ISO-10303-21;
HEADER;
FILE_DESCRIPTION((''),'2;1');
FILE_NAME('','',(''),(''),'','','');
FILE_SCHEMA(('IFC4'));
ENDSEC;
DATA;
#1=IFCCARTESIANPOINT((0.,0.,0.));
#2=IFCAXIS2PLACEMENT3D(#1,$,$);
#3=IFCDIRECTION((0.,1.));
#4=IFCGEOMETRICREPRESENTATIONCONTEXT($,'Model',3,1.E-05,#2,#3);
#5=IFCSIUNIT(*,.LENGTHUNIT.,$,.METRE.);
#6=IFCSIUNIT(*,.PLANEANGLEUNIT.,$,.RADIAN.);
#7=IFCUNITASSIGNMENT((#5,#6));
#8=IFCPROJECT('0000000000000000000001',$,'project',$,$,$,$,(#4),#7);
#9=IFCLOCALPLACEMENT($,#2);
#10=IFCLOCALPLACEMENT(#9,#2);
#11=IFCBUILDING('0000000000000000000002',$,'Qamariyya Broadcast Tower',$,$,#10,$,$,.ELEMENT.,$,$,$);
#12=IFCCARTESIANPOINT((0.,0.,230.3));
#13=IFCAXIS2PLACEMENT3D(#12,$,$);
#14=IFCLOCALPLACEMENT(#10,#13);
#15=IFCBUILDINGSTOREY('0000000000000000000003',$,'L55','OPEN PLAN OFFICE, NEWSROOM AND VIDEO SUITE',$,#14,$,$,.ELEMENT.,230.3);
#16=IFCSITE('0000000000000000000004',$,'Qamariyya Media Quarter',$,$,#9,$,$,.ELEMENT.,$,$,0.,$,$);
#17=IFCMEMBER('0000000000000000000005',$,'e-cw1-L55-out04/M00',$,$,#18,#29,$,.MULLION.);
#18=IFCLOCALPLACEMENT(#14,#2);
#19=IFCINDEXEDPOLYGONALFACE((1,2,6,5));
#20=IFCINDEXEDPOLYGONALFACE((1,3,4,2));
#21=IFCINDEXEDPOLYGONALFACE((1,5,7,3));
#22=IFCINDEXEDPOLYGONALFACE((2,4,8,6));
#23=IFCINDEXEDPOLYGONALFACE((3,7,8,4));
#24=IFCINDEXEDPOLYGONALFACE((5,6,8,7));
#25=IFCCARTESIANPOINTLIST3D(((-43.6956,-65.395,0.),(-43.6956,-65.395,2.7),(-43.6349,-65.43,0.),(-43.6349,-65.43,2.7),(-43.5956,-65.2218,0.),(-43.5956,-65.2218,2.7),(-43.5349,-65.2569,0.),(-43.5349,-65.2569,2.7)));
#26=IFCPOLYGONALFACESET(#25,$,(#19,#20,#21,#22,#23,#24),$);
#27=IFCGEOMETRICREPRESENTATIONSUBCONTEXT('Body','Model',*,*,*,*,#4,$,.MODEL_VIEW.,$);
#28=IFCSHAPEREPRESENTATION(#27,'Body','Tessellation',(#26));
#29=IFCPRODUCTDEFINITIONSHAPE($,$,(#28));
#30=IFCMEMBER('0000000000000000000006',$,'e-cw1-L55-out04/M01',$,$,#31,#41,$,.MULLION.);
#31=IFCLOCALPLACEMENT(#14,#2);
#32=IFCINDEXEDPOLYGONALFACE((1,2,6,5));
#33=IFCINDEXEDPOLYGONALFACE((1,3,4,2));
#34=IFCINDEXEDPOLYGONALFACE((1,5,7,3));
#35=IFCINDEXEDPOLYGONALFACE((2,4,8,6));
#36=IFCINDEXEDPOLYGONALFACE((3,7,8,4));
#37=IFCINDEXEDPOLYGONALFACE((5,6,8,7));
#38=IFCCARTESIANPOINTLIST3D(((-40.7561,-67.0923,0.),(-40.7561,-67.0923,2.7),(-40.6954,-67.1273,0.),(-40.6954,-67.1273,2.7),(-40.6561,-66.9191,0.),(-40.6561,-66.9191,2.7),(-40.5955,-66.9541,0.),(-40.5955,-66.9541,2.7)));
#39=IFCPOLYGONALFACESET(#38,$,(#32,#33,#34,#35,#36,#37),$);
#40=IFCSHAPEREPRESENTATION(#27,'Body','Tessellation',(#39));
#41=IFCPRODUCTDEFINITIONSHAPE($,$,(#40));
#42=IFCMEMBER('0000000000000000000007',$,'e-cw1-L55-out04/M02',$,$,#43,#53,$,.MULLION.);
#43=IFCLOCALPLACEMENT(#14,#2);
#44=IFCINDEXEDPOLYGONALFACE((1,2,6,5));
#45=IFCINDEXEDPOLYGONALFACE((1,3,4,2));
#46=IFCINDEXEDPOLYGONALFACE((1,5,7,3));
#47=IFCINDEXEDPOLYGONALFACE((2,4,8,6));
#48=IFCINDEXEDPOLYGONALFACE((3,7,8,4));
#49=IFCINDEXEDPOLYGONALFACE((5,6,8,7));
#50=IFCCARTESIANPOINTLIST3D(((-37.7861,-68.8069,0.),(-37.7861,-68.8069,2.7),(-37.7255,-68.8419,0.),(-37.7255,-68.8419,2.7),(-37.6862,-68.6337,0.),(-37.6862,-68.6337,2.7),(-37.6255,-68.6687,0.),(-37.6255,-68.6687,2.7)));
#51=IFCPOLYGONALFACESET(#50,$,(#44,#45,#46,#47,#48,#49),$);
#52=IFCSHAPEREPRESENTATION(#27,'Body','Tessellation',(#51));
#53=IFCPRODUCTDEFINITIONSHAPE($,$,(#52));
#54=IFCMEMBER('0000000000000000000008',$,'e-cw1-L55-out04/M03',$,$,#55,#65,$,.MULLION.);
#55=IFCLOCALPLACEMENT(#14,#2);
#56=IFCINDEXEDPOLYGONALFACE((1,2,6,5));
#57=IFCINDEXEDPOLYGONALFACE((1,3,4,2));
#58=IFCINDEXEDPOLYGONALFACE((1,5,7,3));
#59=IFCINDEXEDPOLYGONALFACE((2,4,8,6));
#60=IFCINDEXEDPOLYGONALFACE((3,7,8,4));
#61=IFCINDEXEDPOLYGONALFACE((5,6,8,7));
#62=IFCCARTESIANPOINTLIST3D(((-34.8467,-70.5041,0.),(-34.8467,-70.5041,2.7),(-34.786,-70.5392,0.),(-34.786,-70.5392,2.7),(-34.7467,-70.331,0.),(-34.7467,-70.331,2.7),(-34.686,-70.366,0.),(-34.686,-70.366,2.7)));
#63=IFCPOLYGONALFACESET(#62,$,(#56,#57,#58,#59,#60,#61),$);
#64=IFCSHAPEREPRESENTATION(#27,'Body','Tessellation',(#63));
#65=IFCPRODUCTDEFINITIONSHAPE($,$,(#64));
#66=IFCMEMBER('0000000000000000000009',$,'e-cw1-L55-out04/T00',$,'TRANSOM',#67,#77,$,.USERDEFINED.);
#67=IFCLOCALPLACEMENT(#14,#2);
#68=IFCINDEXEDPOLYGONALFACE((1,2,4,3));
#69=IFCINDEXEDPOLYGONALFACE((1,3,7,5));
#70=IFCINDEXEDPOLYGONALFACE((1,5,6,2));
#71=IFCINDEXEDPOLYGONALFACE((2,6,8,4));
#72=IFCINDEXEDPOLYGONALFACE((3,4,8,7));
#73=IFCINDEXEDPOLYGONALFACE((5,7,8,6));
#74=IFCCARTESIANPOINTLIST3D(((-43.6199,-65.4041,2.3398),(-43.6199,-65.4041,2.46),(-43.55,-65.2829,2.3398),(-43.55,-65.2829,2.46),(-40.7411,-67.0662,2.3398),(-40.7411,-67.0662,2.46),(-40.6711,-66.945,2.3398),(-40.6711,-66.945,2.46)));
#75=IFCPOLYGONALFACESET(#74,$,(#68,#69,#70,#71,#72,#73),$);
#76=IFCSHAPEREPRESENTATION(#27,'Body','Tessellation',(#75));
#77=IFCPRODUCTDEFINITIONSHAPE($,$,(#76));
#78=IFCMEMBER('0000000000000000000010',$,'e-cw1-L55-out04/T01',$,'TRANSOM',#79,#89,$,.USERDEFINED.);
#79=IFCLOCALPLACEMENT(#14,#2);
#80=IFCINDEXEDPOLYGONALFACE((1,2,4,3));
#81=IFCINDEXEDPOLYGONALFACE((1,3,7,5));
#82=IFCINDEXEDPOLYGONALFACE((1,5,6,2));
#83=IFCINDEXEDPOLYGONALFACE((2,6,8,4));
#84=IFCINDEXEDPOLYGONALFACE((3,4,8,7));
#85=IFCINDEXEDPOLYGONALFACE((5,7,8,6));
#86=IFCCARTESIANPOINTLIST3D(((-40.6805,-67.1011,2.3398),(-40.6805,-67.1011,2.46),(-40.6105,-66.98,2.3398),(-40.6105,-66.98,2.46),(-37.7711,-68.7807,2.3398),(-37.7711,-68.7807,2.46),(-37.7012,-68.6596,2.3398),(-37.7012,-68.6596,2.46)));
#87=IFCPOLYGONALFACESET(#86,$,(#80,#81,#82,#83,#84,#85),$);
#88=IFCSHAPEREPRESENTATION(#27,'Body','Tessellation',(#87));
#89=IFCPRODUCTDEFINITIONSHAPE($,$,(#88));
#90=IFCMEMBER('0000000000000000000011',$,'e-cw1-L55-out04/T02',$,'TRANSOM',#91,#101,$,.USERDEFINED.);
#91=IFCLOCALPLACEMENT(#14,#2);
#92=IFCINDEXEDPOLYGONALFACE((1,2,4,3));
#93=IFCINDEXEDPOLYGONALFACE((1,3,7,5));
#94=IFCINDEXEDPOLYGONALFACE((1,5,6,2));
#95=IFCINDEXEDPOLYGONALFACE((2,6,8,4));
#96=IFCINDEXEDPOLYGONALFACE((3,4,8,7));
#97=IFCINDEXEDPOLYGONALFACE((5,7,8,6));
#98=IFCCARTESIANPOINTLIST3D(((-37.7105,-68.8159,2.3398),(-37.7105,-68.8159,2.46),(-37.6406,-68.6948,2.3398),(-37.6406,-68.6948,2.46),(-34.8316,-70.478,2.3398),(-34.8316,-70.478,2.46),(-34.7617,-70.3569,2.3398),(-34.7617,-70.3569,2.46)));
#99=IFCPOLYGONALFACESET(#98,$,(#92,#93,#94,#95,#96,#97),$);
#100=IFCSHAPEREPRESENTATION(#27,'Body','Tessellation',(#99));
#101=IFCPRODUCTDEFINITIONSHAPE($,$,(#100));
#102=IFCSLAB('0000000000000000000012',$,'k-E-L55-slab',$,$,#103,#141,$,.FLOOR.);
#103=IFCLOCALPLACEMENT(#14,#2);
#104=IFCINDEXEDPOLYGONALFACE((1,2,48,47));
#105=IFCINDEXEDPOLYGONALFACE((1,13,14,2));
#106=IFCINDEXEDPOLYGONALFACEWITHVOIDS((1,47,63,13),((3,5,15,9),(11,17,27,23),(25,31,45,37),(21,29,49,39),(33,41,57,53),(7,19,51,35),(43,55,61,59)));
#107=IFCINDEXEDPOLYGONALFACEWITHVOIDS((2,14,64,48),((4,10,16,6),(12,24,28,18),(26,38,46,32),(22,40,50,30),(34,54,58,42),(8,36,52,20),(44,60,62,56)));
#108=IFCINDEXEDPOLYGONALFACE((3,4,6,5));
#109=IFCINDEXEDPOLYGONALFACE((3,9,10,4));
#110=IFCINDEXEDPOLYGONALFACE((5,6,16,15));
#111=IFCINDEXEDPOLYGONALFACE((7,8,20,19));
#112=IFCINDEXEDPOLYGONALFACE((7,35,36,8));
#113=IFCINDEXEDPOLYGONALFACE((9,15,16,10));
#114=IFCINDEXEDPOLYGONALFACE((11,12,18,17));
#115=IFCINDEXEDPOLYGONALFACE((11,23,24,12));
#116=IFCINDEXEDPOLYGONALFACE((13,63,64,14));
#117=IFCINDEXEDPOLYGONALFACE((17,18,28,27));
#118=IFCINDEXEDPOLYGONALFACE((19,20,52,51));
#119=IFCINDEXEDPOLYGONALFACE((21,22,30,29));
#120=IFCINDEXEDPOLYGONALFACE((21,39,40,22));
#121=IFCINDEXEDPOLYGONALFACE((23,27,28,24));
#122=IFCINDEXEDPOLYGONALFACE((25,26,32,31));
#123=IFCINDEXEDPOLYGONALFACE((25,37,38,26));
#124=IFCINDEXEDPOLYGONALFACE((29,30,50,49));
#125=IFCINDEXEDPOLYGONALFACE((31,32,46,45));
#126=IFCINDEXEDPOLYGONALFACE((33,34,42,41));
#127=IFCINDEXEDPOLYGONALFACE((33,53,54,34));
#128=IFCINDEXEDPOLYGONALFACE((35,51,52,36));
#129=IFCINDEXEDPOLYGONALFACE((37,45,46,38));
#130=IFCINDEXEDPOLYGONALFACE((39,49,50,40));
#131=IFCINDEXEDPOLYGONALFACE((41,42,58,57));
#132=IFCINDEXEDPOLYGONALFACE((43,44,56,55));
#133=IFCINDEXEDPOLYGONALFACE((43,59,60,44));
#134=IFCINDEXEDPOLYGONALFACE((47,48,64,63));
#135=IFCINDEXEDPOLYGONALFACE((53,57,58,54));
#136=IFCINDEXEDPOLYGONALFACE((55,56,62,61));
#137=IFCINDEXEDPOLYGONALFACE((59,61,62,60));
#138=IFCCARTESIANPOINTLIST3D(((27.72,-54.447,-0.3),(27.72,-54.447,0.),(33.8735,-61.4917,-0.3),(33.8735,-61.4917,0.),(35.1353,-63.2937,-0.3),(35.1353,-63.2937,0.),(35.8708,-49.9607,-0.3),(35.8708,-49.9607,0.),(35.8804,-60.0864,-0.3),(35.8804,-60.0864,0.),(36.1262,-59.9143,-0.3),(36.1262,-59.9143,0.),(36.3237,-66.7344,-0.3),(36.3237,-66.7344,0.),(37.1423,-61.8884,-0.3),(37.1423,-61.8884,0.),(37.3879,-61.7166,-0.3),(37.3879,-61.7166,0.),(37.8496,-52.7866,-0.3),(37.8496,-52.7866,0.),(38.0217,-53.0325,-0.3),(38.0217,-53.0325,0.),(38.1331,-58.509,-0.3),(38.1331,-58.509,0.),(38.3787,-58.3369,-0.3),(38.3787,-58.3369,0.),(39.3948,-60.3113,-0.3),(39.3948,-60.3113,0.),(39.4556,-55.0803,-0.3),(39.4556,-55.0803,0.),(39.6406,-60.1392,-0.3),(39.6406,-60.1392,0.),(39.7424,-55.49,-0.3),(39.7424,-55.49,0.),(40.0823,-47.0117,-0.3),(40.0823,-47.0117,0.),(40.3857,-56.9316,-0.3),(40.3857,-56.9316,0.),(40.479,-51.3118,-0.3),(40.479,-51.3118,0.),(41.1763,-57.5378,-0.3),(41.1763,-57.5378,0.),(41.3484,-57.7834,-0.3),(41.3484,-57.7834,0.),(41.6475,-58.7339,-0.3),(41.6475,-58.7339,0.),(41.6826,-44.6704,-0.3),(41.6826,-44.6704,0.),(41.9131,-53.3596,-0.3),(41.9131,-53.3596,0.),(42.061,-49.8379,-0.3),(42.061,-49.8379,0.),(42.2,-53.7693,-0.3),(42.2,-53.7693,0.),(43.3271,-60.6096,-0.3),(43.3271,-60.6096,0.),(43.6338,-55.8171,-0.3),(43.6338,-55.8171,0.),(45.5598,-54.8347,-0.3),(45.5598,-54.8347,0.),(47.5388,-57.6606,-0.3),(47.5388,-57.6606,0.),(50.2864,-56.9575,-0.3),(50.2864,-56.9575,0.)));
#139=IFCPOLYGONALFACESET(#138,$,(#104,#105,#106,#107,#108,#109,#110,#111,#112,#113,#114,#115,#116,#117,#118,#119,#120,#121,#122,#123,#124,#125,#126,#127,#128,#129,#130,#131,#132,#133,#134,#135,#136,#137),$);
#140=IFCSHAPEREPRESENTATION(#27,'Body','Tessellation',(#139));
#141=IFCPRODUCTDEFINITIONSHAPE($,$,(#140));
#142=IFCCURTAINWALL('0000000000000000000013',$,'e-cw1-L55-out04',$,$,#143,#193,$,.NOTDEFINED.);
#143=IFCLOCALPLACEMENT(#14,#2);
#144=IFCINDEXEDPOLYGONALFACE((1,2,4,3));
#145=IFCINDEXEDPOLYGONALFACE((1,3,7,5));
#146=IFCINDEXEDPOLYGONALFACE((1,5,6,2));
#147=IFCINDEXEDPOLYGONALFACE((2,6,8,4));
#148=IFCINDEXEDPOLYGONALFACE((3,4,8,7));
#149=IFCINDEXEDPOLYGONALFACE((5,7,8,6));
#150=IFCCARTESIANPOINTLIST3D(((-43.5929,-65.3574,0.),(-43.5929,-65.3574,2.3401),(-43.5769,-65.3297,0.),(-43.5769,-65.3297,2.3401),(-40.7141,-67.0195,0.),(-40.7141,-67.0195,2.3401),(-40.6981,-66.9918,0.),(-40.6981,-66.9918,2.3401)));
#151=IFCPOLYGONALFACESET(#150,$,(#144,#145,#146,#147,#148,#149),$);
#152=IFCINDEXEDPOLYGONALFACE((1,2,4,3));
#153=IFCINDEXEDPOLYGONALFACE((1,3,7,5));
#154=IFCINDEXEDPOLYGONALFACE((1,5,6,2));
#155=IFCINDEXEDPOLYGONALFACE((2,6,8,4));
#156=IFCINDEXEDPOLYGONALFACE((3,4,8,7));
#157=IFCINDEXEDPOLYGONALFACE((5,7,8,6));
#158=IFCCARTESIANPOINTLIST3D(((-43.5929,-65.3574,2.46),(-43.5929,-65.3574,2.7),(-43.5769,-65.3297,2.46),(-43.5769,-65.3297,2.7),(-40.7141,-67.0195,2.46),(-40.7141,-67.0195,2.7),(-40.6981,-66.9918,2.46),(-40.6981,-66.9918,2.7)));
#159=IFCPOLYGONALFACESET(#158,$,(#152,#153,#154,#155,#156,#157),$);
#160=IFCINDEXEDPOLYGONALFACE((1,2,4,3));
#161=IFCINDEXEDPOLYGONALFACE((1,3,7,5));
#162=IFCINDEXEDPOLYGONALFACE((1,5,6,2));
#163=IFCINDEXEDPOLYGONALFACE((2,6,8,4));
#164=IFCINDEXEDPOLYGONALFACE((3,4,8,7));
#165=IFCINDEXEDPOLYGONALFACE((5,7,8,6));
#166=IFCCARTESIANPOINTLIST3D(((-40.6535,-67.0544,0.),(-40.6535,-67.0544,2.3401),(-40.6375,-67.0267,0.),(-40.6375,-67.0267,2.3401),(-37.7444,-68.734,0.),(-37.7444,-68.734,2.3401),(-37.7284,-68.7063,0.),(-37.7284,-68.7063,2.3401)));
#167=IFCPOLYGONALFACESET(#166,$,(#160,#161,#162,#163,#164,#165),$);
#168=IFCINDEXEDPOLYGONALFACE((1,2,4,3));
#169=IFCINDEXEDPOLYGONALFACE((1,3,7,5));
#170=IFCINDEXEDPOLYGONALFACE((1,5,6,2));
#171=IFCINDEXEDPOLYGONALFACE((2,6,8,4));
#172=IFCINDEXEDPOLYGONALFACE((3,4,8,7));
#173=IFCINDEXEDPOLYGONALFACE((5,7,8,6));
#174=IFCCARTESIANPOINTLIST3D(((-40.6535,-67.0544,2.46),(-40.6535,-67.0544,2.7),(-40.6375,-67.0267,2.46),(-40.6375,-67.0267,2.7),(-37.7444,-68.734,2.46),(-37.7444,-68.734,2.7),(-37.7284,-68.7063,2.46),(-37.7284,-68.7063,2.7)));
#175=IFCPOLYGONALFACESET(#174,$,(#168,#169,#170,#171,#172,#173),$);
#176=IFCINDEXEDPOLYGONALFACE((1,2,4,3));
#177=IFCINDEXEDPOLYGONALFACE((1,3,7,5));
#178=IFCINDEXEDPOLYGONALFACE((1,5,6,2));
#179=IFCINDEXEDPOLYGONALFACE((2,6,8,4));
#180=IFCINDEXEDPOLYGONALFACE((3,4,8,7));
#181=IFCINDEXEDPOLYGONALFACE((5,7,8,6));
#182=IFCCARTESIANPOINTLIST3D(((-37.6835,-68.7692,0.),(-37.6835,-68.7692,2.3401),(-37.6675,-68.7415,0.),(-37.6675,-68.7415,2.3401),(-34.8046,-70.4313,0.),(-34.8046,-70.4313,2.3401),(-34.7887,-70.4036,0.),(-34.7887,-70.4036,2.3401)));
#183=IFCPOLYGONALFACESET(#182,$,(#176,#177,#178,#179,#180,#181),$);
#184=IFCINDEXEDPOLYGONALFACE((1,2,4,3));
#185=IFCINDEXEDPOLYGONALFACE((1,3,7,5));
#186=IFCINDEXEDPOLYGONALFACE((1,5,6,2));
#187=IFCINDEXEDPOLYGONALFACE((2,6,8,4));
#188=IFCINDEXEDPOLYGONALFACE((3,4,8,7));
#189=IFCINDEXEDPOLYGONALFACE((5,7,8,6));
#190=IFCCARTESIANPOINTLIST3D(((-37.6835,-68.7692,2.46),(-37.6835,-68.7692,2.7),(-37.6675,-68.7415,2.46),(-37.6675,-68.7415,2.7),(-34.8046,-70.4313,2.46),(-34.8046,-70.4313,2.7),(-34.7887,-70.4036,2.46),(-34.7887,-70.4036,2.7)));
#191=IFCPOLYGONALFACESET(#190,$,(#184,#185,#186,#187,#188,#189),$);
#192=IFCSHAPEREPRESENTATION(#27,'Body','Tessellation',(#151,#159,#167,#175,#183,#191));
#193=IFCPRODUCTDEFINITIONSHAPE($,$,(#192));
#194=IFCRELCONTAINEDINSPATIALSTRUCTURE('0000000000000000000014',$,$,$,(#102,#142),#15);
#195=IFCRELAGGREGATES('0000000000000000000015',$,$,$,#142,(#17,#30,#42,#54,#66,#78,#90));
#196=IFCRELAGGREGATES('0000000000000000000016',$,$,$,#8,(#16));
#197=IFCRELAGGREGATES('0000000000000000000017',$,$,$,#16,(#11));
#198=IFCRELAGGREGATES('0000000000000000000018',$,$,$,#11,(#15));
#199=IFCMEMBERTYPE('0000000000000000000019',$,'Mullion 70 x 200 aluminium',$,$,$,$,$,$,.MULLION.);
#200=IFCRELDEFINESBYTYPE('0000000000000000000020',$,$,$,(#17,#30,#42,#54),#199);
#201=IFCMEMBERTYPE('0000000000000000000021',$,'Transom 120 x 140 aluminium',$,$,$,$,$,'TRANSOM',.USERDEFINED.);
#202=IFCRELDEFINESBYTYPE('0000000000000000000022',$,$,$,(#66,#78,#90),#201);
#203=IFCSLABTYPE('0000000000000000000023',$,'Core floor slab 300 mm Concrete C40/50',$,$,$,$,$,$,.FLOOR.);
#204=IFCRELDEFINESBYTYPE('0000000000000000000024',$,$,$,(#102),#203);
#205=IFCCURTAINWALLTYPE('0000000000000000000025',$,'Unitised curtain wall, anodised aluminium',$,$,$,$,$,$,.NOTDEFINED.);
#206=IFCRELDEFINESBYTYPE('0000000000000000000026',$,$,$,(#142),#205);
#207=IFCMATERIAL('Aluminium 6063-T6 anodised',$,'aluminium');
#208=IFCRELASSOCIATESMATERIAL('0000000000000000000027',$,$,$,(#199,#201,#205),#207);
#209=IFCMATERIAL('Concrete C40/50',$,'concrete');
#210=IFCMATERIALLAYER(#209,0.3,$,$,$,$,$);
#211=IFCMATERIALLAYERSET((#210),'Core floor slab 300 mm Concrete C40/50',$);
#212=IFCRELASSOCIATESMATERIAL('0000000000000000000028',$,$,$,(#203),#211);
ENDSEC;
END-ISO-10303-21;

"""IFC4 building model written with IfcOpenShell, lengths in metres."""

from ifc_helpers import new_model, si_unit, direction, frame, origin, origin_2d, place, context, subcontext, project, spatial, polyline, rectangle, outline, extrude, material, layer, layer_set, material_profile, profile_set, type_object, element, aggregate, save


model = new_model("IFC4")

# Units and contexts
model_context = context("Model", 3, precision=1e-05, world=origin(), true_north=direction((0.0, 1.0)))
body_context = subcontext(model_context, "Body", "Model", "MODEL_VIEW")
ifc_project = project(units=[si_unit("LENGTHUNIT", "METRE"), si_unit("PLANEANGLEUNIT", "RADIAN")], contexts=[model_context])

# Members
ifc_material_1 = material(Name="Aluminium 6063-T6 anodised", Category="aluminium")
ifc_material_profile_1 = material_profile(ifc_material_1, rectangle(XDim=0.2, YDim=0.0701, at=origin_2d()))
ifc_profile_set_1 = profile_set([ifc_material_profile_1], Name="Aluminium 6063-T6 anodised")
member_type_1 = type_object("IfcMemberType", Name="Mullion 70 x 200 aluminium", PredefinedType="MULLION", material=ifc_profile_set_1)
site_placement = place(None, origin())
building_placement = place(site_placement, origin())
storey_placement = place(building_placement, frame((0.0, 0.0, 230.3)))
member_1_placement = place(storey_placement, frame((-43.6152, -65.3259, 0.0), z_axis=(0.0, 0.0, 1.0), x_axis=(0.5, 0.866025, 0.0)))
member_1 = element("IfcMember", 1, at=member_1_placement, type_object=member_type_1, Name="e-cw1-L55-out04/M00", PredefinedType="MULLION", context=body_context, shape_type="SweptSolid", body=[
    extrude(rectangle(XDim=0.2, YDim=0.0701, at=origin_2d()), origin(), (0.0, 0.0, 1.0), 2.7),
])
member_2_placement = place(storey_placement, frame((-40.6758, -67.0232, 0.0), z_axis=(0.0, 0.0, 1.0), x_axis=(0.5, 0.866025, 0.0)))
member_2 = element("IfcMember", 2, at=member_2_placement, type_object=member_type_1, Name="e-cw1-L55-out04/M01", PredefinedType="MULLION", context=body_context, shape_type="SweptSolid", body=[
    extrude(rectangle(XDim=0.2, YDim=0.0701, at=origin_2d()), origin(), (0.0, 0.0, 1.0), 2.7),
])
member_3_placement = place(storey_placement, frame((-37.7058, -68.7378, 0.0), z_axis=(0.0, 0.0, 1.0), x_axis=(0.5, 0.866025, 0.0)))
member_3 = element("IfcMember", 3, at=member_3_placement, type_object=member_type_1, Name="e-cw1-L55-out04/M02", PredefinedType="MULLION", context=body_context, shape_type="SweptSolid", body=[
    extrude(rectangle(XDim=0.2, YDim=0.0701, at=origin_2d()), origin(), (0.0, 0.0, 1.0), 2.7),
])
member_4_placement = place(storey_placement, frame((-34.7664, -70.4351, 0.0), z_axis=(0.0, 0.0, 1.0), x_axis=(0.5, 0.866025, 0.0)))
member_4 = element("IfcMember", 4, at=member_4_placement, type_object=member_type_1, Name="e-cw1-L55-out04/M03", PredefinedType="MULLION", context=body_context, shape_type="SweptSolid", body=[
    extrude(rectangle(XDim=0.2, YDim=0.0701, at=origin_2d()), origin(), (0.0, 0.0, 1.0), 2.7),
])
ifc_material_profile_2 = material_profile(ifc_material_1, rectangle(XDim=0.1399, YDim=0.1201, at=origin_2d()))
ifc_profile_set_2 = profile_set([ifc_material_profile_2], Name="Aluminium 6063-T6 anodised")
member_type_2 = type_object("IfcMemberType", Name="Transom 120 x 140 aluminium", ElementType="TRANSOM", PredefinedType="USERDEFINED", material=ifc_profile_set_2)
member_5_placement = place(storey_placement, frame((-43.585, -65.3435, 2.3999), z_axis=(0.866029, -0.499994, 0.0), x_axis=(0.499994, 0.866029, 0.0)))
member_5 = element("IfcMember", 5, at=member_5_placement, type_object=member_type_2, Name="e-cw1-L55-out04/T00", ObjectType="TRANSOM", PredefinedType="USERDEFINED", context=body_context, shape_type="SweptSolid", body=[
    extrude(rectangle(XDim=0.1399, YDim=0.1201, at=origin_2d()), origin(), (0.0, 0.0, 1.0), 3.3242),
])
member_6_placement = place(storey_placement, frame((-40.6455, -67.0405, 2.3999), z_axis=(0.866034, -0.499985, 0.0), x_axis=(0.499985, 0.866034, 0.0)))
member_6 = element("IfcMember", 6, at=member_6_placement, type_object=member_type_2, Name="e-cw1-L55-out04/T01", ObjectType="TRANSOM", PredefinedType="USERDEFINED", context=body_context, shape_type="SweptSolid", body=[
    extrude(rectangle(XDim=0.1399, YDim=0.1201, at=origin_2d()), origin(), (0.0, 0.0, 1.0), 3.3594),
])
member_7_placement = place(storey_placement, frame((-37.6755, -68.7554, 2.3999), z_axis=(0.866029, -0.499994, 0.0), x_axis=(0.499994, 0.866029, 0.0)))
member_7 = element("IfcMember", 7, at=member_7_placement, type_object=member_type_2, Name="e-cw1-L55-out04/T02", ObjectType="TRANSOM", PredefinedType="USERDEFINED", context=body_context, shape_type="SweptSolid", body=[
    extrude(rectangle(XDim=0.1399, YDim=0.1201, at=origin_2d()), origin(), (0.0, 0.0, 1.0), 3.3242),
])

# Site, building, storey
site = spatial("IfcSite", under=ifc_project, at=site_placement, Name="Qamariyya Media Quarter", CompositionType="ELEMENT", RefElevation=0.0)
building = spatial("IfcBuilding", under=site, at=building_placement, Name="Qamariyya Broadcast Tower", CompositionType="ELEMENT")
storey = spatial("IfcBuildingStorey", under=building, at=storey_placement, Name="L55", Description="OPEN PLAN OFFICE, NEWSROOM AND VIDEO SUITE", CompositionType="ELEMENT", Elevation=230.3)

# Slab
ifc_material_2 = material(Name="Concrete C40/50", Category="concrete")
ifc_layer_1 = layer(ifc_material_2, 0.3)
ifc_layer_set_1 = layer_set([ifc_layer_1], Name="Core floor slab 300 mm Concrete C40/50")
slab_type_1 = type_object("IfcSlabType", Name="Core floor slab 300 mm Concrete C40/50", PredefinedType="FLOOR", material=ifc_layer_set_1)
slab_1_placement = place(storey_placement, frame((0.0, 0.0, -0.3)))
element("IfcSlab", 8, at=slab_1_placement, inside=storey, type_object=slab_type_1, Name="k-E-L55-slab", PredefinedType="FLOOR", context=body_context, shape_type="SweptSolid", body=[
    extrude(outline(polyline([(36.3237, -66.7344), (50.2864, -56.9575), (41.6826, -44.6704), (27.72, -54.447), (36.3237, -66.7344)]), holes=[polyline([(33.8735, -61.4917), (35.8804, -60.0864), (37.1423, -61.8884), (35.1353, -63.2937), (33.8735, -61.4917)]), polyline([(36.1262, -59.9143), (38.1331, -58.509), (39.3948, -60.3113), (37.3879, -61.7166), (36.1262, -59.9143)]), polyline([(38.3787, -58.3369), (40.3857, -56.9316), (41.6475, -58.7339), (39.6406, -60.1392), (38.3787, -58.3369)]), polyline([(39.7424, -55.49), (42.2, -53.7693), (43.6338, -55.8171), (41.1763, -57.5378), (39.7424, -55.49)]), polyline([(39.4556, -55.0803), (41.9131, -53.3596), (40.479, -51.3118), (38.0217, -53.0325), (39.4556, -55.0803)]), polyline([(40.0823, -47.0117), (35.8708, -49.9607), (37.8496, -52.7866), (42.061, -49.8379), (40.0823, -47.0117)]), polyline([(45.5598, -54.8347), (41.3484, -57.7834), (43.3271, -60.6096), (47.5388, -57.6606), (45.5598, -54.8347)])]), origin(), (0.0, 0.0, 1.0), 0.3),
])

# Curtain wall
curtain_wall_type = type_object("IfcCurtainWallType", Name="Unitised curtain wall, anodised aluminium", PredefinedType="NOTDEFINED", material=ifc_material_1)
curtain_wall_1_placement = place(storey_placement, origin())
curtain_wall_1 = element("IfcCurtainWall", 9, at=curtain_wall_1_placement, inside=storey, type_object=curtain_wall_type, Name="e-cw1-L55-out04", PredefinedType="NOTDEFINED", context=body_context, shape_type="SweptSolid", body=[
    extrude(rectangle(XDim=3.3242, YDim=0.032, at=origin_2d()), frame((-42.1455, -66.1746, 0.0), x_axis=(0.866028, -0.499996, 0.0)), (0.0, 0.0, 1.0), 2.3401),
    extrude(rectangle(XDim=3.3242, YDim=0.032, at=origin_2d()), frame((-42.1455, -66.1746, 2.46), x_axis=(0.866028, -0.499996, 0.0)), (0.0, 0.0, 1.0), 0.24),
    extrude(rectangle(XDim=3.3591, YDim=0.032, at=origin_2d()), frame((-39.1909, -67.8804, 0.0), x_axis=(0.866028, -0.499996, 0.0)), (0.0, 0.0, 1.0), 2.3401),
    extrude(rectangle(XDim=3.3591, YDim=0.032, at=origin_2d()), frame((-39.1909, -67.8804, 2.46), x_axis=(0.866028, -0.499996, 0.0)), (0.0, 0.0, 1.0), 0.24),
    extrude(rectangle(XDim=3.3242, YDim=0.032, at=origin_2d()), frame((-36.2361, -69.5864, 0.0), x_axis=(0.866028, -0.499996, 0.0)), (0.0, 0.0, 1.0), 2.3401),
    extrude(rectangle(XDim=3.3242, YDim=0.032, at=origin_2d()), frame((-36.2361, -69.5864, 2.46), x_axis=(0.866028, -0.499996, 0.0)), (0.0, 0.0, 1.0), 0.24),
])
aggregate(curtain_wall_1, [member_1, member_2, member_3, member_4, member_5, member_6, member_7])

save(model, "model.ifc")
